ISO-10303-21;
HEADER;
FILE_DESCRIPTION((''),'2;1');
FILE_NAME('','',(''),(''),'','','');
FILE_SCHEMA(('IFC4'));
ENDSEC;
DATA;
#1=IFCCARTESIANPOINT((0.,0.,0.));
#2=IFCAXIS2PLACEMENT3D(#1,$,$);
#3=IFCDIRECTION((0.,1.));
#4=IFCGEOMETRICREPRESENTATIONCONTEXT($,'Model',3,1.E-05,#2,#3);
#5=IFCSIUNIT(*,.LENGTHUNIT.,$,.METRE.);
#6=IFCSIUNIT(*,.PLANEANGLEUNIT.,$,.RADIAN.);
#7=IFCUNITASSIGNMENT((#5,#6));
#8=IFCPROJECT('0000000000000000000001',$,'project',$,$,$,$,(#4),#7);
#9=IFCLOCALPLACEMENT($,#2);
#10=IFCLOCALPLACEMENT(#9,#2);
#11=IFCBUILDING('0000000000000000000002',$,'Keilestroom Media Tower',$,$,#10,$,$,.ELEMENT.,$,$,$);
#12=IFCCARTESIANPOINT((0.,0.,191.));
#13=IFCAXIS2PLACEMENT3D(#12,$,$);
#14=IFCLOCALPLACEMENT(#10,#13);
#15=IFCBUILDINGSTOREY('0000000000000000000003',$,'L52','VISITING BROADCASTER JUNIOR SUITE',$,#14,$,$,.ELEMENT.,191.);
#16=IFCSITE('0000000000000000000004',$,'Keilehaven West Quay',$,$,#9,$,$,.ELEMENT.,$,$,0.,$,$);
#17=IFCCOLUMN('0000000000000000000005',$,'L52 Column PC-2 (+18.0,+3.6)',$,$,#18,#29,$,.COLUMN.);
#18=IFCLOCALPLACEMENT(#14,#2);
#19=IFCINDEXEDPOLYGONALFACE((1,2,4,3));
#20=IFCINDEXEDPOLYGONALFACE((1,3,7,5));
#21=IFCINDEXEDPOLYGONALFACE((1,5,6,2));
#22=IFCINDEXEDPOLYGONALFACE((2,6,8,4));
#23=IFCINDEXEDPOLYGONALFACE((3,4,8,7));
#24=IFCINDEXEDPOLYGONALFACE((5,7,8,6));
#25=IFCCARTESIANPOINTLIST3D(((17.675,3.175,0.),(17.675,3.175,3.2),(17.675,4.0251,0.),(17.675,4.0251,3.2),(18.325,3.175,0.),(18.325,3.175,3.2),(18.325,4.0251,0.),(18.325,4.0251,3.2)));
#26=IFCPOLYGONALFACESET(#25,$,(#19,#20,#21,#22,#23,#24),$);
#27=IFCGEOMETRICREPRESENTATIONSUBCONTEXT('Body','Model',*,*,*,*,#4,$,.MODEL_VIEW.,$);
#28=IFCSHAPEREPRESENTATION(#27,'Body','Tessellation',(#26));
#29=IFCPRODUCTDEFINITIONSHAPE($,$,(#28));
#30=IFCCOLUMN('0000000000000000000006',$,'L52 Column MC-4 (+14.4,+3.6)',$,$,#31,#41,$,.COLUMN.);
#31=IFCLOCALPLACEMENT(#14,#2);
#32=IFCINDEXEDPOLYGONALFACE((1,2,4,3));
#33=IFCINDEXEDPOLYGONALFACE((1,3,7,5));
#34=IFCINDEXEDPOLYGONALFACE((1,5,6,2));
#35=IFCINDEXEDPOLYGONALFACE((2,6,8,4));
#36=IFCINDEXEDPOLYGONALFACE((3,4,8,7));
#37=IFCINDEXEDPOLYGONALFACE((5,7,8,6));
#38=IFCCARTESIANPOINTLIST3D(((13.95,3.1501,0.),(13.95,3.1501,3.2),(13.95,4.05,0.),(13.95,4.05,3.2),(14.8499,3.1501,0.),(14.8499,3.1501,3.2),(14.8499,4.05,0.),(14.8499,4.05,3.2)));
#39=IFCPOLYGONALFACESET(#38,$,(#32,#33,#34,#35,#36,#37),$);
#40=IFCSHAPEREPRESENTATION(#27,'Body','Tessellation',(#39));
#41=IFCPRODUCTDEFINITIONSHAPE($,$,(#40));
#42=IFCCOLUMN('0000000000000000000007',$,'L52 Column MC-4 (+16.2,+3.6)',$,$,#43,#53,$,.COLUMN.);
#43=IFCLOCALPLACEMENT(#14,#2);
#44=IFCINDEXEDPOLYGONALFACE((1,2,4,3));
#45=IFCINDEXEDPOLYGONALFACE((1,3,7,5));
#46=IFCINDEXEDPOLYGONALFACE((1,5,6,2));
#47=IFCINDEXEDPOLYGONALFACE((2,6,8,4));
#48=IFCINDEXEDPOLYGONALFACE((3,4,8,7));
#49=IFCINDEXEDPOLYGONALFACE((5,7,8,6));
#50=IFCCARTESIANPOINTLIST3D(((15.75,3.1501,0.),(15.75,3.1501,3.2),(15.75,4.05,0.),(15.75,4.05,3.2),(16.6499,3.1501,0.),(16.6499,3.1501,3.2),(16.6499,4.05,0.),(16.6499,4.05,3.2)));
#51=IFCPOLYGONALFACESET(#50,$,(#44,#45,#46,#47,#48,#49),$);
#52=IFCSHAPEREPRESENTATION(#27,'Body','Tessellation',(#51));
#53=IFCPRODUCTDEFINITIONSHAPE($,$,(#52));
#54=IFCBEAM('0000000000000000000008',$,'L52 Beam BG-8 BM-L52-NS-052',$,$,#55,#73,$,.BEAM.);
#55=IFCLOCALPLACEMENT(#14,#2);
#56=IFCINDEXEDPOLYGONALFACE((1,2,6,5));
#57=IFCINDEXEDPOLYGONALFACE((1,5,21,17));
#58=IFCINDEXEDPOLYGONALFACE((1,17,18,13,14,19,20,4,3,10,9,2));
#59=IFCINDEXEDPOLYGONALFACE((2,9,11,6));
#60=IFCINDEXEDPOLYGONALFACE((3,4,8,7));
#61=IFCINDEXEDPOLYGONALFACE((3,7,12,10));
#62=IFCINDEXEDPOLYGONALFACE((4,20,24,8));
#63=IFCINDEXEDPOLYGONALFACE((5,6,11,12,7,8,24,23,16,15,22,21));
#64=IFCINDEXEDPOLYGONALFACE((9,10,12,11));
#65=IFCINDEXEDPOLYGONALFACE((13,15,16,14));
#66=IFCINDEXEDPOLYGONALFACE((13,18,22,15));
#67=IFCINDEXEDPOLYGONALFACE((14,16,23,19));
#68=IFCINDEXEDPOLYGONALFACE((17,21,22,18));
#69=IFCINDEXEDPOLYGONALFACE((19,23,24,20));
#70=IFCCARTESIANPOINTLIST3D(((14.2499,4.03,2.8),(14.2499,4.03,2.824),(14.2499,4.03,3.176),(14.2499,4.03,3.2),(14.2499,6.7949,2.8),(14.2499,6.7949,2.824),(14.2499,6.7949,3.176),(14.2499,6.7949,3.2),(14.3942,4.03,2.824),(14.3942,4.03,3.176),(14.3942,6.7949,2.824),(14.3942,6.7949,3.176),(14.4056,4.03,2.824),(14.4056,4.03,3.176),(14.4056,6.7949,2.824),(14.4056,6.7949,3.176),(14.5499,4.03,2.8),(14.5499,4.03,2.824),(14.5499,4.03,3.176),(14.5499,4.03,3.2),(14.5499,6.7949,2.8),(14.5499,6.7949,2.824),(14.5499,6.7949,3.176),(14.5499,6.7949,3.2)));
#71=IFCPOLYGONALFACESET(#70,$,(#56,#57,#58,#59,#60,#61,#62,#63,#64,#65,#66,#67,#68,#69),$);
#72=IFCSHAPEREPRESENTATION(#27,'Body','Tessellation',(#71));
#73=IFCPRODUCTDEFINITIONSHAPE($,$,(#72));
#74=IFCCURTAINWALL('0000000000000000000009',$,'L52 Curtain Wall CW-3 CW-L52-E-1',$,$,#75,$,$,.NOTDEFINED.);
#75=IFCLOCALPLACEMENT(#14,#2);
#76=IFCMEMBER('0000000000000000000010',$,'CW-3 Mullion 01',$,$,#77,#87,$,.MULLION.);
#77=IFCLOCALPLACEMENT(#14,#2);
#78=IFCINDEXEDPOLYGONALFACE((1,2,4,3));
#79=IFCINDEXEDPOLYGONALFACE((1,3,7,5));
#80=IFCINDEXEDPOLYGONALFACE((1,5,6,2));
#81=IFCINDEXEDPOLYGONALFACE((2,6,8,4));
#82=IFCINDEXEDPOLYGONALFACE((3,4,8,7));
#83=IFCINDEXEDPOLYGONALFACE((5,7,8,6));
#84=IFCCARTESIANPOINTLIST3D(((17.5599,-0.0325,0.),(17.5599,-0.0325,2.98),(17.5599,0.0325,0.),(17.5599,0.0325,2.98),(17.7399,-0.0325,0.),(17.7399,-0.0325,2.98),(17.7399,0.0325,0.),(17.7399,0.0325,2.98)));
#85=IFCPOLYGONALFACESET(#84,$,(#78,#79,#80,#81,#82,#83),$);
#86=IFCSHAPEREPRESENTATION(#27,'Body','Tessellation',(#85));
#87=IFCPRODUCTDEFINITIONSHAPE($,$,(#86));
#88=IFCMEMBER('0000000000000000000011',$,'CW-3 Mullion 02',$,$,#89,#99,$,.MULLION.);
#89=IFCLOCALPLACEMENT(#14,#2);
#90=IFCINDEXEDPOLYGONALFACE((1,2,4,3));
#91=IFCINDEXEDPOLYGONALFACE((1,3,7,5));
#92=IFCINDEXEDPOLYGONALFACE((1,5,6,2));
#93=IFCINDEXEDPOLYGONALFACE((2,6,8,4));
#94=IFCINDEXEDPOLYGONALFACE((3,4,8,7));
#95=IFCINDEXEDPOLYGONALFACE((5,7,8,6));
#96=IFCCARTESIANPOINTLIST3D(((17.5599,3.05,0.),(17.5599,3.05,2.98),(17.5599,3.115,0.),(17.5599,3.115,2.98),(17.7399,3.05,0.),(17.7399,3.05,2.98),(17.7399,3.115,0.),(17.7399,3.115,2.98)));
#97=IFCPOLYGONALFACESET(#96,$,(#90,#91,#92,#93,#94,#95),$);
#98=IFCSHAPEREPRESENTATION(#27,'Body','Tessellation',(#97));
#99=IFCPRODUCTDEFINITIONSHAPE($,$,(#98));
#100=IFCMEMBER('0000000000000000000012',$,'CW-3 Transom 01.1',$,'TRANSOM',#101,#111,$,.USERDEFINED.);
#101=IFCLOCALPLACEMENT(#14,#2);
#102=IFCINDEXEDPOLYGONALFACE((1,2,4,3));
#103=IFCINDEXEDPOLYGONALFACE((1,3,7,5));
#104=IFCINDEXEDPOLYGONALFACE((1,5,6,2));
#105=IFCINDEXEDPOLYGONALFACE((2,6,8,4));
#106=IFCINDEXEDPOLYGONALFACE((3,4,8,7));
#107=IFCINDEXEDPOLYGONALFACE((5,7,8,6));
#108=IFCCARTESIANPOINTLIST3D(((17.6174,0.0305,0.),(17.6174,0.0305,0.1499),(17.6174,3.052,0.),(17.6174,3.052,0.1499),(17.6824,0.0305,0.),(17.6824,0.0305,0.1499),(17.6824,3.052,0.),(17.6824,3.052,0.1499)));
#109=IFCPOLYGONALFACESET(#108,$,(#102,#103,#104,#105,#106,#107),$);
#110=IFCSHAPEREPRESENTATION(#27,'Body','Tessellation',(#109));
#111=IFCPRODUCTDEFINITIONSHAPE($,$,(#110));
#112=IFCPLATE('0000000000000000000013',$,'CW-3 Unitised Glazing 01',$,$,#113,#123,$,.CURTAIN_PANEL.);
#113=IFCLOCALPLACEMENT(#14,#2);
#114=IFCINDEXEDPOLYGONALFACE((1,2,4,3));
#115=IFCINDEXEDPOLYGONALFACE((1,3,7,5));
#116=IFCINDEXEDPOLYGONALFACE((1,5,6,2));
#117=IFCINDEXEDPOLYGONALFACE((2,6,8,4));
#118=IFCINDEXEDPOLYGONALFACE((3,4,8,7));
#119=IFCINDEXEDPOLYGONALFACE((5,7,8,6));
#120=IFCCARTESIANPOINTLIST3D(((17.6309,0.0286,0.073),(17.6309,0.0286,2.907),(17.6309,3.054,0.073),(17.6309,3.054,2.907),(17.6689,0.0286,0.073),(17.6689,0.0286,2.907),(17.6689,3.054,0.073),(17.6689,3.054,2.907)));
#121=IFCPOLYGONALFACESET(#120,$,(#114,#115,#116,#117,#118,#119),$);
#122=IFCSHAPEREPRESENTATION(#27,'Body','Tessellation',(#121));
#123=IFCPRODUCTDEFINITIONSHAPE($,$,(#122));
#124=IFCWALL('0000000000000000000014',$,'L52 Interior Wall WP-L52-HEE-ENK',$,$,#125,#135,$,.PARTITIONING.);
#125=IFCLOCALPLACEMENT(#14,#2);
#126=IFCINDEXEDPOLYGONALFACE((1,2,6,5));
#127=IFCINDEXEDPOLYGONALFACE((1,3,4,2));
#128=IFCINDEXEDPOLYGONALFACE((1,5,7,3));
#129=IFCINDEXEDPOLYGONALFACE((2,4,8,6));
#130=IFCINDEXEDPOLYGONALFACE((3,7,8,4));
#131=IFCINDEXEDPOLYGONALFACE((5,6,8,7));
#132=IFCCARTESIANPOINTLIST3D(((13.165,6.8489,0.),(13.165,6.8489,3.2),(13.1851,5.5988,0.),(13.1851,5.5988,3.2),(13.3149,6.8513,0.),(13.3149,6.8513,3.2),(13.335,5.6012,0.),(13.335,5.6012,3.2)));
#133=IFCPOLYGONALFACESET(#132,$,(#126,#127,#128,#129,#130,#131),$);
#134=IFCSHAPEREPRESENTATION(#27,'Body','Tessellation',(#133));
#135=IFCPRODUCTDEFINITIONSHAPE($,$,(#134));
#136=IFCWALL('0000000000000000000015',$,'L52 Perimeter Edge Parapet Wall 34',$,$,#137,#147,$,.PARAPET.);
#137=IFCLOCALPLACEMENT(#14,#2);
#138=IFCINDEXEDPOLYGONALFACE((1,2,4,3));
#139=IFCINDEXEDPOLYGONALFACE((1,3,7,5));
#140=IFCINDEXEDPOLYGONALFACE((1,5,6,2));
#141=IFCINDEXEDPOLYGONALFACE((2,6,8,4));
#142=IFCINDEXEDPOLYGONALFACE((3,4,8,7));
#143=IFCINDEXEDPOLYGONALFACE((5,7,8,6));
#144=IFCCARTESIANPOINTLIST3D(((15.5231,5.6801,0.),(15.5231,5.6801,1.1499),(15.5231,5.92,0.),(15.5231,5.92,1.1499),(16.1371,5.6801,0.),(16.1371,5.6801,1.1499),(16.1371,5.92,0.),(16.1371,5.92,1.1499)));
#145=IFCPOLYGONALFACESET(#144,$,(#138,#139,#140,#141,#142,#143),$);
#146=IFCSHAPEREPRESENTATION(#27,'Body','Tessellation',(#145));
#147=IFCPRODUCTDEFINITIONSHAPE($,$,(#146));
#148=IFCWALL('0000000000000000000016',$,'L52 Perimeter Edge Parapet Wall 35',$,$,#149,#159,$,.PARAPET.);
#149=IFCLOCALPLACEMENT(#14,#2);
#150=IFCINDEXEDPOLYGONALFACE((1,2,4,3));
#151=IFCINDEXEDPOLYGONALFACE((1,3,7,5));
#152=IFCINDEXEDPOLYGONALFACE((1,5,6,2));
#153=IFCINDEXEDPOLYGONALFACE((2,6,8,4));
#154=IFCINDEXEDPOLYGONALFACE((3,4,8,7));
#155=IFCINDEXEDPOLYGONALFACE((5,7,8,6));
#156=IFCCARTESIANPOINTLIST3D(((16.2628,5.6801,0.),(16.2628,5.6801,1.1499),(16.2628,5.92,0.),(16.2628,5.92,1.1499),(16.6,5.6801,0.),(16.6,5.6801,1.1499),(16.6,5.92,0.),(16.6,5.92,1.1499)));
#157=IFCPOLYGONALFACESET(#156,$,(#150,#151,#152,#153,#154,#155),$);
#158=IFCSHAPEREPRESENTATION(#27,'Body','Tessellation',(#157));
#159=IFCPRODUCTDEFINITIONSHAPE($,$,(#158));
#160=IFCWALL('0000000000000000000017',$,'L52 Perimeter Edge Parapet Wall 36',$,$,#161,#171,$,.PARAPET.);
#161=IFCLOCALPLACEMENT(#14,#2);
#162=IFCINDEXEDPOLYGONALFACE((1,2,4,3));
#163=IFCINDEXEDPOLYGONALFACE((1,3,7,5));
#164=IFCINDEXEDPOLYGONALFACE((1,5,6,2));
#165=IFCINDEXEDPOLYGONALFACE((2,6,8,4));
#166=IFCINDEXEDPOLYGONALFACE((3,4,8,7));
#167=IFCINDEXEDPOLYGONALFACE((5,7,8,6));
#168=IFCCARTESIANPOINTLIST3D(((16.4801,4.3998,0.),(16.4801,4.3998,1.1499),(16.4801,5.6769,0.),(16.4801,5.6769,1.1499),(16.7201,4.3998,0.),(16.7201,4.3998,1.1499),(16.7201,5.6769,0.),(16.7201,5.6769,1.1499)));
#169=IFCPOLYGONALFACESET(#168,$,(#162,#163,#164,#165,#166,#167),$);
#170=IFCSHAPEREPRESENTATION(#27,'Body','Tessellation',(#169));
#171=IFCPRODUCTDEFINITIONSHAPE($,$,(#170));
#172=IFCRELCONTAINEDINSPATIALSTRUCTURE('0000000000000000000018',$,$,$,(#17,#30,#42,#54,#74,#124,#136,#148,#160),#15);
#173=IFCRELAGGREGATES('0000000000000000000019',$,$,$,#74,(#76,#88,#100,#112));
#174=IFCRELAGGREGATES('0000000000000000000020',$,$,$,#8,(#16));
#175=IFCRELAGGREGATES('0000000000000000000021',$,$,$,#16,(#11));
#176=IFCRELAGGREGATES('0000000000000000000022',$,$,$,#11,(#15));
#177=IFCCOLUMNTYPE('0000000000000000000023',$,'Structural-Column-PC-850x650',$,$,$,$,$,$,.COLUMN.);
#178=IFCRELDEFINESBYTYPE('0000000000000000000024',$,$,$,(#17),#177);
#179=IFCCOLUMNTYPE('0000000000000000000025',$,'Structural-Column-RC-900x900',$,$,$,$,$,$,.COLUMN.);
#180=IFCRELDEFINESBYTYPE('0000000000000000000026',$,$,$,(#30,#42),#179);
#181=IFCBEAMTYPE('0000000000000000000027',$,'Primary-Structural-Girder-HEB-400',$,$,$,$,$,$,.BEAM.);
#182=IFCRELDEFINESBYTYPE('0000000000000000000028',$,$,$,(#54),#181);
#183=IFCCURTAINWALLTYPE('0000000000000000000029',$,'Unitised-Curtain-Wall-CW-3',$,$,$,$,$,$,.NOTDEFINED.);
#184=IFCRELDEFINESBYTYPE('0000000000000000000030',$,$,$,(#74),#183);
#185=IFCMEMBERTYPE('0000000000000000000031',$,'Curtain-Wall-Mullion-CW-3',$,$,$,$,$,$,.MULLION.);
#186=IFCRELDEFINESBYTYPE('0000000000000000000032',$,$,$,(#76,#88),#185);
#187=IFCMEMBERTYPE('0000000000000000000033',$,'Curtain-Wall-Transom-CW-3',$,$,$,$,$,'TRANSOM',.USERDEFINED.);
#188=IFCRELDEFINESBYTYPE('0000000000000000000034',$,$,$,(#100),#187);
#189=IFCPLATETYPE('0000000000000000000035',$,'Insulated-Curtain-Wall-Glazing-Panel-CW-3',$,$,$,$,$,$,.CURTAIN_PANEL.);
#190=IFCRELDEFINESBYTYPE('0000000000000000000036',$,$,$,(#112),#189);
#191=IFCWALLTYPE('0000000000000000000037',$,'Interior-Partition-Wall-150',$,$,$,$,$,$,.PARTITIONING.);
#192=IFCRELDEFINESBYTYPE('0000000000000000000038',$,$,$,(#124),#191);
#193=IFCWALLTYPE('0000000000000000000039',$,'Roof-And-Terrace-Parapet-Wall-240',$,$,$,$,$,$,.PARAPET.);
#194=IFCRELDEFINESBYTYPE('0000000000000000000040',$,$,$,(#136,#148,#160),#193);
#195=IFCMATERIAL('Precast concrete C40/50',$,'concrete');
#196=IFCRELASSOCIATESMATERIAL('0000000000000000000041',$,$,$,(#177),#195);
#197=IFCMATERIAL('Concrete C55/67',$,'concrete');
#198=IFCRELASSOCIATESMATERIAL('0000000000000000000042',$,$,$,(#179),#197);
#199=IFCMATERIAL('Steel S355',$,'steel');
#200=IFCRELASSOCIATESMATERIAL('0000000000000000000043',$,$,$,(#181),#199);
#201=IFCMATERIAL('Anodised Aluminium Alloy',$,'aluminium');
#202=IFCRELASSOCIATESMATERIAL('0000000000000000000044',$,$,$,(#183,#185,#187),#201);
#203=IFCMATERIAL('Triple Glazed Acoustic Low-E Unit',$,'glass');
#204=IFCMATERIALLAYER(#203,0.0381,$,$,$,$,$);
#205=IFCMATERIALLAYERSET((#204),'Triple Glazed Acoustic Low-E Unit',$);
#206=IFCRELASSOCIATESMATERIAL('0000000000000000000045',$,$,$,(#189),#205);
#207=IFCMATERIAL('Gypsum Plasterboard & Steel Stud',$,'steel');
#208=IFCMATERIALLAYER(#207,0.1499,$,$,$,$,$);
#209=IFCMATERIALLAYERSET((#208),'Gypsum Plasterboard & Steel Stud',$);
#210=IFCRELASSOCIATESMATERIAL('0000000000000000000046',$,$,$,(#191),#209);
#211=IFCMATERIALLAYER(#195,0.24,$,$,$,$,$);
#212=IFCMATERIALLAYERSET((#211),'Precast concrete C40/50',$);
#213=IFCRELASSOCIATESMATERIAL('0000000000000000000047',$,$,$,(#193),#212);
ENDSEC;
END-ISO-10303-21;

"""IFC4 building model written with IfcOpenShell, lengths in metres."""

from ifc_helpers import new_model, si_unit, direction, frame, frame_2d, origin, origin_2d, place, context, subcontext, project, spatial, rectangle, i_section, extrude, source, transform, mapped, material, layer, layer_set, material_profile, profile_set, type_object, element, aggregate, save


model = new_model("IFC4")

# Units and contexts
model_context = context("Model", 3, precision=1e-05, world=origin(), true_north=direction((0.0, 1.0)))
body_context = subcontext(model_context, "Body", "Model", "MODEL_VIEW")
ifc_project = project(units=[si_unit("LENGTHUNIT", "METRE"), si_unit("PLANEANGLEUNIT", "RADIAN")], contexts=[model_context])

# Site, building, storey
site_placement = place(None, origin())
site = spatial("IfcSite", under=ifc_project, at=site_placement, Name="Keilehaven West Quay", CompositionType="ELEMENT", RefElevation=0.0)
building_placement = place(site_placement, origin())
building = spatial("IfcBuilding", under=site, at=building_placement, Name="Keilestroom Media Tower", CompositionType="ELEMENT")
storey_placement = place(building_placement, frame((0.0, 0.0, 191.0)))
storey = spatial("IfcBuildingStorey", under=building, at=storey_placement, Name="L52", Description="VISITING BROADCASTER JUNIOR SUITE", CompositionType="ELEMENT", Elevation=191.0)

# Columns
ifc_material_1 = material(Name="Precast concrete C40/50", Category="concrete")
ifc_material_profile_1 = material_profile(ifc_material_1, rectangle(XDim=0.6499, YDim=0.8501, at=origin_2d()), Name="PC 850x650")
ifc_profile_set_1 = profile_set([ifc_material_profile_1], Name="Precast concrete C40/50")
column_type_1 = type_object("IfcColumnType", Name="Structural-Column-PC-850x650", PredefinedType="COLUMN", material=ifc_profile_set_1)
shared_shape_1 = source(origin(), body_context, "Body", "SweptSolid", [
    extrude(rectangle(XDim=0.6499, YDim=0.8501, at=origin_2d()), origin(), (0.0, 0.0, 1.0), 3.2),
])
column_placement = place(storey_placement, frame((18.0, 3.6001, 0.0), z_axis=(0.0, 0.0, 1.0), x_axis=(1.0, 0.0, 0.0)))
element("IfcColumn", 1, at=column_placement, inside=storey, type_object=column_type_1, Name="L52 Column PC-2 (+18.0,+3.6)", PredefinedType="COLUMN", context=body_context, shape_type="MappedRepresentation", body=[
    mapped(shared_shape_1, transform((0.0, 0.0, 0.0), x_axis=(1.0, 0.0, 0.0), y_axis=(0.0, 1.0, 0.0), z_axis=(0.0, 0.0, 1.0), scale=1.0)),
])
ifc_material_2 = material(Name="Concrete C55/67", Category="concrete")
ifc_material_profile_2 = material_profile(ifc_material_2, rectangle(XDim=0.8999, YDim=0.8999, at=origin_2d()), Name="RC 900x900")
ifc_profile_set_2 = profile_set([ifc_material_profile_2], Name="Concrete C55/67")
column_type_2 = type_object("IfcColumnType", Name="Structural-Column-RC-900x900", PredefinedType="COLUMN", material=ifc_profile_set_2)
shared_shape_2 = source(origin(), body_context, "Body", "SweptSolid", [
    extrude(rectangle(XDim=0.8999, YDim=0.8999, at=origin_2d()), origin(), (0.0, 0.0, 1.0), 3.2),
])
for number, where, z_axis, x_axis, name in (
    (2, (14.3999, 3.6001, 0.0), (0.0, 0.0, 1.0), (1.0, 0.0, 0.0), "L52 Column MC-4 (+14.4,+3.6)"),
    (3, (16.2, 3.6001, 0.0), (0.0, 0.0, 1.0), (1.0, 0.0, 0.0), "L52 Column MC-4 (+16.2,+3.6)"),
):
    element("IfcColumn", number, at=place(storey_placement, frame(where, z_axis=z_axis, x_axis=x_axis)), inside=storey, type_object=column_type_2, Name=name, PredefinedType="COLUMN", context=body_context, shape_type="MappedRepresentation", body=[
        mapped(shared_shape_2, transform((0.0, 0.0, 0.0), x_axis=(1.0, 0.0, 0.0), y_axis=(0.0, 1.0, 0.0), z_axis=(0.0, 0.0, 1.0), scale=1.0)),
    ])

# Beam
ifc_material_3 = material(Name="Steel S355", Category="steel")
ifc_material_profile_3 = material_profile(ifc_material_3, i_section(OverallWidth=0.3, OverallDepth=0.3999, WebThickness=0.0115, FlangeThickness=0.0239, at=origin_2d()), Name="HEB 400")
ifc_profile_set_3 = profile_set([ifc_material_profile_3], Name="Steel S355")
beam_type = type_object("IfcBeamType", Name="Primary-Structural-Girder-HEB-400", PredefinedType="BEAM", material=ifc_profile_set_3)
shared_shape_3 = source(origin(), body_context, "Body", "SweptSolid", [
    extrude(i_section(OverallWidth=0.3, OverallDepth=0.3999, WebThickness=0.0115, FlangeThickness=0.0239, at=origin_2d()), origin(), (0.0, 0.0, 1.0), 2.7649),
])
beam_placement = place(storey_placement, frame((14.3999, 4.03, 3.0), z_axis=(0.0, 1.0, 0.0), x_axis=(-1.0, 0.0, 0.0)))
element("IfcBeam", 4, at=beam_placement, inside=storey, type_object=beam_type, Name="L52 Beam BG-8 BM-L52-NS-052", PredefinedType="BEAM", context=body_context, shape_type="MappedRepresentation", body=[
    mapped(shared_shape_3, transform((0.0, 0.0, 0.0), x_axis=(1.0, 0.0, 0.0), y_axis=(0.0, 1.0, 0.0), z_axis=(0.0, 0.0, 1.0), scale=1.0)),
])

# Curtain wall, members, plate
ifc_material_4 = material(Name="Anodised Aluminium Alloy", Category="aluminium")
curtain_wall_type = type_object("IfcCurtainWallType", Name="Unitised-Curtain-Wall-CW-3", PredefinedType="NOTDEFINED", material=ifc_material_4)
curtain_wall_placement = place(storey_placement, origin())
curtain_wall = element("IfcCurtainWall", 5, at=curtain_wall_placement, inside=storey, type_object=curtain_wall_type, Name="L52 Curtain Wall CW-3 CW-L52-E-1", PredefinedType="NOTDEFINED")
ifc_material_profile_4 = material_profile(ifc_material_4, rectangle(XDim=0.0649, YDim=0.1799, at=origin_2d()), Name="ALU MULLION 65x180")
ifc_profile_set_4 = profile_set([ifc_material_profile_4], Name="Anodised Aluminium Alloy")
member_type_1 = type_object("IfcMemberType", Name="Curtain-Wall-Mullion-CW-3", PredefinedType="MULLION", material=ifc_profile_set_4)
shared_shape_4 = source(origin(), body_context, "Body", "SweptSolid", [
    extrude(rectangle(XDim=0.0649, YDim=0.1799, at=origin_2d()), origin(), (0.0, 0.0, 1.0), 2.98),
])
member_1_placement = place(storey_placement, frame((17.6499, 0.0, 0.0), z_axis=(0.0, 0.0, 1.0), x_axis=(0.0, 1.0, 0.0)))
member_1 = element("IfcMember", 6, at=member_1_placement, type_object=member_type_1, Name="CW-3 Mullion 01", PredefinedType="MULLION", context=body_context, shape_type="MappedRepresentation", body=[
    mapped(shared_shape_4, transform((0.0, 0.0, 0.0), x_axis=(1.0, 0.0, 0.0), y_axis=(0.0, 1.0, 0.0), z_axis=(0.0, 0.0, 1.0), scale=1.0)),
])
member_2_placement = place(storey_placement, frame((17.6499, 3.0825, 0.0), z_axis=(0.0, 0.0, 1.0), x_axis=(0.0, 1.0, 0.0)))
member_2 = element("IfcMember", 7, at=member_2_placement, type_object=member_type_1, Name="CW-3 Mullion 02", PredefinedType="MULLION", context=body_context, shape_type="MappedRepresentation", body=[
    mapped(shared_shape_4, transform((0.0, 0.0, 0.0), x_axis=(1.0, 0.0, 0.0), y_axis=(0.0, 1.0, 0.0), z_axis=(0.0, 0.0, 1.0), scale=1.0)),
])
ifc_material_profile_5 = material_profile(ifc_material_4, rectangle(XDim=0.0649, YDim=0.1499, at=origin_2d()), Name="ALU TRANSOM 65x150")
ifc_profile_set_5 = profile_set([ifc_material_profile_5], Name="Anodised Aluminium Alloy")
member_type_2 = type_object("IfcMemberType", Name="Curtain-Wall-Transom-CW-3", ElementType="TRANSOM", PredefinedType="USERDEFINED", material=ifc_profile_set_5)
shared_shape_5 = source(origin(), body_context, "Body", "SweptSolid", [
    extrude(rectangle(XDim=0.0649, YDim=0.1499, at=origin_2d()), origin(), (0.0, 0.0, 1.0), 3.0215),
])
member_3_placement = place(storey_placement, frame((17.6499, 0.0305, 0.075), z_axis=(0.0, 1.0, 0.0), x_axis=(-1.0, 0.0, 0.0)))
member_3 = element("IfcMember", 8, at=member_3_placement, type_object=member_type_2, Name="CW-3 Transom 01.1", ObjectType="TRANSOM", PredefinedType="USERDEFINED", context=body_context, shape_type="MappedRepresentation", body=[
    mapped(shared_shape_5, transform((0.0, 0.0, 0.0), x_axis=(1.0, 0.0, 0.0), y_axis=(0.0, 1.0, 0.0), z_axis=(0.0, 0.0, 1.0), scale=1.0)),
])
ifc_material_5 = material(Name="Triple Glazed Acoustic Low-E Unit", Category="glass")
ifc_layer_1 = layer(ifc_material_5, 0.0381)
ifc_layer_set_1 = layer_set([ifc_layer_1], Name="Triple Glazed Acoustic Low-E Unit")
plate_type = type_object("IfcPlateType", Name="Insulated-Curtain-Wall-Glazing-Panel-CW-3", PredefinedType="CURTAIN_PANEL", material=ifc_layer_set_1)
shared_shape_6 = source(origin(), body_context, "Body", "SweptSolid", [
    extrude(rectangle(XDim=3.0254, YDim=0.0381, at=origin_2d()), origin(), (0.0, 0.0, 1.0), 2.834),
])
plate_placement = place(storey_placement, frame((17.6499, 1.5413, 0.073), z_axis=(0.0, 0.0, 1.0), x_axis=(0.0, 1.0, 0.0)))
plate = element("IfcPlate", 9, at=plate_placement, type_object=plate_type, Name="CW-3 Unitised Glazing 01", PredefinedType="CURTAIN_PANEL", context=body_context, shape_type="MappedRepresentation", body=[
    mapped(shared_shape_6, transform((0.0, 0.0, 0.0), x_axis=(1.0, 0.0, 0.0), y_axis=(0.0, 1.0, 0.0), z_axis=(0.0, 0.0, 1.0), scale=1.0)),
])
aggregate(curtain_wall, [member_1, member_2, member_3, plate])

# Walls
ifc_material_6 = material(Name="Gypsum Plasterboard & Steel Stud", Category="steel")
ifc_layer_2 = layer(ifc_material_6, 0.1499)
ifc_layer_set_2 = layer_set([ifc_layer_2], Name="Gypsum Plasterboard & Steel Stud")
wall_type_1 = type_object("IfcWallType", Name="Interior-Partition-Wall-150", PredefinedType="PARTITIONING", material=ifc_layer_set_2)
wall_1_placement = place(storey_placement, frame((13.26, 5.6001, 0.0), z_axis=(0.0, 0.0, 1.0), x_axis=(-0.016014, 0.999872, 0.0)))
element("IfcWall", 10, at=wall_1_placement, inside=storey, type_object=wall_type_1, Name="L52 Interior Wall WP-L52-HEE-ENK", PredefinedType="PARTITIONING", context=body_context, shape_type="SweptSolid", body=[
    extrude(rectangle(XDim=1.2502, YDim=0.1499, at=frame_2d((0.625, 0.0))), origin(), (0.0, 0.0, 1.0), 3.2),
])
ifc_layer_3 = layer(ifc_material_1, 0.24)
ifc_layer_set_3 = layer_set([ifc_layer_3], Name="Precast concrete C40/50")
wall_type_2 = type_object("IfcWallType", Name="Roof-And-Terrace-Parapet-Wall-240", PredefinedType="PARAPET", material=ifc_layer_set_3)
wall_2_placement = place(storey_placement, frame((15.5229, 5.8, 0.0), z_axis=(0.0, 0.0, 1.0), x_axis=(1.0, 0.0, 0.0)))
element("IfcWall", 11, at=wall_2_placement, inside=storey, type_object=wall_type_2, Name="L52 Perimeter Edge Parapet Wall 34", PredefinedType="PARAPET", context=body_context, shape_type="SweptSolid", body=[
    extrude(rectangle(XDim=0.614, YDim=0.24, at=frame_2d((0.3071, 0.0))), origin(), (0.0, 0.0, 1.0), 1.1499),
])
wall_3_placement = place(storey_placement, frame((16.2629, 5.8, 0.0), z_axis=(0.0, 0.0, 1.0), x_axis=(1.0, 0.0, 0.0)))
element("IfcWall", 12, at=wall_3_placement, inside=storey, type_object=wall_type_2, Name="L52 Perimeter Edge Parapet Wall 35", PredefinedType="PARAPET", context=body_context, shape_type="SweptSolid", body=[
    extrude(rectangle(XDim=0.3372, YDim=0.24, at=frame_2d((0.1685, 0.0))), origin(), (0.0, 0.0, 1.0), 1.1499),
])
wall_4_placement = place(storey_placement, frame((16.6001, 5.677, 0.0), z_axis=(0.0, 0.0, 1.0), x_axis=(0.0, -1.0, 0.0)))
element("IfcWall", 13, at=wall_4_placement, inside=storey, type_object=wall_type_2, Name="L52 Perimeter Edge Parapet Wall 36", PredefinedType="PARAPET", context=body_context, shape_type="SweptSolid", body=[
    extrude(rectangle(XDim=1.2771, YDim=0.24, at=frame_2d((0.6387, 0.0))), origin(), (0.0, 0.0, 1.0), 1.1499),
])

save(model, "model.ifc")
